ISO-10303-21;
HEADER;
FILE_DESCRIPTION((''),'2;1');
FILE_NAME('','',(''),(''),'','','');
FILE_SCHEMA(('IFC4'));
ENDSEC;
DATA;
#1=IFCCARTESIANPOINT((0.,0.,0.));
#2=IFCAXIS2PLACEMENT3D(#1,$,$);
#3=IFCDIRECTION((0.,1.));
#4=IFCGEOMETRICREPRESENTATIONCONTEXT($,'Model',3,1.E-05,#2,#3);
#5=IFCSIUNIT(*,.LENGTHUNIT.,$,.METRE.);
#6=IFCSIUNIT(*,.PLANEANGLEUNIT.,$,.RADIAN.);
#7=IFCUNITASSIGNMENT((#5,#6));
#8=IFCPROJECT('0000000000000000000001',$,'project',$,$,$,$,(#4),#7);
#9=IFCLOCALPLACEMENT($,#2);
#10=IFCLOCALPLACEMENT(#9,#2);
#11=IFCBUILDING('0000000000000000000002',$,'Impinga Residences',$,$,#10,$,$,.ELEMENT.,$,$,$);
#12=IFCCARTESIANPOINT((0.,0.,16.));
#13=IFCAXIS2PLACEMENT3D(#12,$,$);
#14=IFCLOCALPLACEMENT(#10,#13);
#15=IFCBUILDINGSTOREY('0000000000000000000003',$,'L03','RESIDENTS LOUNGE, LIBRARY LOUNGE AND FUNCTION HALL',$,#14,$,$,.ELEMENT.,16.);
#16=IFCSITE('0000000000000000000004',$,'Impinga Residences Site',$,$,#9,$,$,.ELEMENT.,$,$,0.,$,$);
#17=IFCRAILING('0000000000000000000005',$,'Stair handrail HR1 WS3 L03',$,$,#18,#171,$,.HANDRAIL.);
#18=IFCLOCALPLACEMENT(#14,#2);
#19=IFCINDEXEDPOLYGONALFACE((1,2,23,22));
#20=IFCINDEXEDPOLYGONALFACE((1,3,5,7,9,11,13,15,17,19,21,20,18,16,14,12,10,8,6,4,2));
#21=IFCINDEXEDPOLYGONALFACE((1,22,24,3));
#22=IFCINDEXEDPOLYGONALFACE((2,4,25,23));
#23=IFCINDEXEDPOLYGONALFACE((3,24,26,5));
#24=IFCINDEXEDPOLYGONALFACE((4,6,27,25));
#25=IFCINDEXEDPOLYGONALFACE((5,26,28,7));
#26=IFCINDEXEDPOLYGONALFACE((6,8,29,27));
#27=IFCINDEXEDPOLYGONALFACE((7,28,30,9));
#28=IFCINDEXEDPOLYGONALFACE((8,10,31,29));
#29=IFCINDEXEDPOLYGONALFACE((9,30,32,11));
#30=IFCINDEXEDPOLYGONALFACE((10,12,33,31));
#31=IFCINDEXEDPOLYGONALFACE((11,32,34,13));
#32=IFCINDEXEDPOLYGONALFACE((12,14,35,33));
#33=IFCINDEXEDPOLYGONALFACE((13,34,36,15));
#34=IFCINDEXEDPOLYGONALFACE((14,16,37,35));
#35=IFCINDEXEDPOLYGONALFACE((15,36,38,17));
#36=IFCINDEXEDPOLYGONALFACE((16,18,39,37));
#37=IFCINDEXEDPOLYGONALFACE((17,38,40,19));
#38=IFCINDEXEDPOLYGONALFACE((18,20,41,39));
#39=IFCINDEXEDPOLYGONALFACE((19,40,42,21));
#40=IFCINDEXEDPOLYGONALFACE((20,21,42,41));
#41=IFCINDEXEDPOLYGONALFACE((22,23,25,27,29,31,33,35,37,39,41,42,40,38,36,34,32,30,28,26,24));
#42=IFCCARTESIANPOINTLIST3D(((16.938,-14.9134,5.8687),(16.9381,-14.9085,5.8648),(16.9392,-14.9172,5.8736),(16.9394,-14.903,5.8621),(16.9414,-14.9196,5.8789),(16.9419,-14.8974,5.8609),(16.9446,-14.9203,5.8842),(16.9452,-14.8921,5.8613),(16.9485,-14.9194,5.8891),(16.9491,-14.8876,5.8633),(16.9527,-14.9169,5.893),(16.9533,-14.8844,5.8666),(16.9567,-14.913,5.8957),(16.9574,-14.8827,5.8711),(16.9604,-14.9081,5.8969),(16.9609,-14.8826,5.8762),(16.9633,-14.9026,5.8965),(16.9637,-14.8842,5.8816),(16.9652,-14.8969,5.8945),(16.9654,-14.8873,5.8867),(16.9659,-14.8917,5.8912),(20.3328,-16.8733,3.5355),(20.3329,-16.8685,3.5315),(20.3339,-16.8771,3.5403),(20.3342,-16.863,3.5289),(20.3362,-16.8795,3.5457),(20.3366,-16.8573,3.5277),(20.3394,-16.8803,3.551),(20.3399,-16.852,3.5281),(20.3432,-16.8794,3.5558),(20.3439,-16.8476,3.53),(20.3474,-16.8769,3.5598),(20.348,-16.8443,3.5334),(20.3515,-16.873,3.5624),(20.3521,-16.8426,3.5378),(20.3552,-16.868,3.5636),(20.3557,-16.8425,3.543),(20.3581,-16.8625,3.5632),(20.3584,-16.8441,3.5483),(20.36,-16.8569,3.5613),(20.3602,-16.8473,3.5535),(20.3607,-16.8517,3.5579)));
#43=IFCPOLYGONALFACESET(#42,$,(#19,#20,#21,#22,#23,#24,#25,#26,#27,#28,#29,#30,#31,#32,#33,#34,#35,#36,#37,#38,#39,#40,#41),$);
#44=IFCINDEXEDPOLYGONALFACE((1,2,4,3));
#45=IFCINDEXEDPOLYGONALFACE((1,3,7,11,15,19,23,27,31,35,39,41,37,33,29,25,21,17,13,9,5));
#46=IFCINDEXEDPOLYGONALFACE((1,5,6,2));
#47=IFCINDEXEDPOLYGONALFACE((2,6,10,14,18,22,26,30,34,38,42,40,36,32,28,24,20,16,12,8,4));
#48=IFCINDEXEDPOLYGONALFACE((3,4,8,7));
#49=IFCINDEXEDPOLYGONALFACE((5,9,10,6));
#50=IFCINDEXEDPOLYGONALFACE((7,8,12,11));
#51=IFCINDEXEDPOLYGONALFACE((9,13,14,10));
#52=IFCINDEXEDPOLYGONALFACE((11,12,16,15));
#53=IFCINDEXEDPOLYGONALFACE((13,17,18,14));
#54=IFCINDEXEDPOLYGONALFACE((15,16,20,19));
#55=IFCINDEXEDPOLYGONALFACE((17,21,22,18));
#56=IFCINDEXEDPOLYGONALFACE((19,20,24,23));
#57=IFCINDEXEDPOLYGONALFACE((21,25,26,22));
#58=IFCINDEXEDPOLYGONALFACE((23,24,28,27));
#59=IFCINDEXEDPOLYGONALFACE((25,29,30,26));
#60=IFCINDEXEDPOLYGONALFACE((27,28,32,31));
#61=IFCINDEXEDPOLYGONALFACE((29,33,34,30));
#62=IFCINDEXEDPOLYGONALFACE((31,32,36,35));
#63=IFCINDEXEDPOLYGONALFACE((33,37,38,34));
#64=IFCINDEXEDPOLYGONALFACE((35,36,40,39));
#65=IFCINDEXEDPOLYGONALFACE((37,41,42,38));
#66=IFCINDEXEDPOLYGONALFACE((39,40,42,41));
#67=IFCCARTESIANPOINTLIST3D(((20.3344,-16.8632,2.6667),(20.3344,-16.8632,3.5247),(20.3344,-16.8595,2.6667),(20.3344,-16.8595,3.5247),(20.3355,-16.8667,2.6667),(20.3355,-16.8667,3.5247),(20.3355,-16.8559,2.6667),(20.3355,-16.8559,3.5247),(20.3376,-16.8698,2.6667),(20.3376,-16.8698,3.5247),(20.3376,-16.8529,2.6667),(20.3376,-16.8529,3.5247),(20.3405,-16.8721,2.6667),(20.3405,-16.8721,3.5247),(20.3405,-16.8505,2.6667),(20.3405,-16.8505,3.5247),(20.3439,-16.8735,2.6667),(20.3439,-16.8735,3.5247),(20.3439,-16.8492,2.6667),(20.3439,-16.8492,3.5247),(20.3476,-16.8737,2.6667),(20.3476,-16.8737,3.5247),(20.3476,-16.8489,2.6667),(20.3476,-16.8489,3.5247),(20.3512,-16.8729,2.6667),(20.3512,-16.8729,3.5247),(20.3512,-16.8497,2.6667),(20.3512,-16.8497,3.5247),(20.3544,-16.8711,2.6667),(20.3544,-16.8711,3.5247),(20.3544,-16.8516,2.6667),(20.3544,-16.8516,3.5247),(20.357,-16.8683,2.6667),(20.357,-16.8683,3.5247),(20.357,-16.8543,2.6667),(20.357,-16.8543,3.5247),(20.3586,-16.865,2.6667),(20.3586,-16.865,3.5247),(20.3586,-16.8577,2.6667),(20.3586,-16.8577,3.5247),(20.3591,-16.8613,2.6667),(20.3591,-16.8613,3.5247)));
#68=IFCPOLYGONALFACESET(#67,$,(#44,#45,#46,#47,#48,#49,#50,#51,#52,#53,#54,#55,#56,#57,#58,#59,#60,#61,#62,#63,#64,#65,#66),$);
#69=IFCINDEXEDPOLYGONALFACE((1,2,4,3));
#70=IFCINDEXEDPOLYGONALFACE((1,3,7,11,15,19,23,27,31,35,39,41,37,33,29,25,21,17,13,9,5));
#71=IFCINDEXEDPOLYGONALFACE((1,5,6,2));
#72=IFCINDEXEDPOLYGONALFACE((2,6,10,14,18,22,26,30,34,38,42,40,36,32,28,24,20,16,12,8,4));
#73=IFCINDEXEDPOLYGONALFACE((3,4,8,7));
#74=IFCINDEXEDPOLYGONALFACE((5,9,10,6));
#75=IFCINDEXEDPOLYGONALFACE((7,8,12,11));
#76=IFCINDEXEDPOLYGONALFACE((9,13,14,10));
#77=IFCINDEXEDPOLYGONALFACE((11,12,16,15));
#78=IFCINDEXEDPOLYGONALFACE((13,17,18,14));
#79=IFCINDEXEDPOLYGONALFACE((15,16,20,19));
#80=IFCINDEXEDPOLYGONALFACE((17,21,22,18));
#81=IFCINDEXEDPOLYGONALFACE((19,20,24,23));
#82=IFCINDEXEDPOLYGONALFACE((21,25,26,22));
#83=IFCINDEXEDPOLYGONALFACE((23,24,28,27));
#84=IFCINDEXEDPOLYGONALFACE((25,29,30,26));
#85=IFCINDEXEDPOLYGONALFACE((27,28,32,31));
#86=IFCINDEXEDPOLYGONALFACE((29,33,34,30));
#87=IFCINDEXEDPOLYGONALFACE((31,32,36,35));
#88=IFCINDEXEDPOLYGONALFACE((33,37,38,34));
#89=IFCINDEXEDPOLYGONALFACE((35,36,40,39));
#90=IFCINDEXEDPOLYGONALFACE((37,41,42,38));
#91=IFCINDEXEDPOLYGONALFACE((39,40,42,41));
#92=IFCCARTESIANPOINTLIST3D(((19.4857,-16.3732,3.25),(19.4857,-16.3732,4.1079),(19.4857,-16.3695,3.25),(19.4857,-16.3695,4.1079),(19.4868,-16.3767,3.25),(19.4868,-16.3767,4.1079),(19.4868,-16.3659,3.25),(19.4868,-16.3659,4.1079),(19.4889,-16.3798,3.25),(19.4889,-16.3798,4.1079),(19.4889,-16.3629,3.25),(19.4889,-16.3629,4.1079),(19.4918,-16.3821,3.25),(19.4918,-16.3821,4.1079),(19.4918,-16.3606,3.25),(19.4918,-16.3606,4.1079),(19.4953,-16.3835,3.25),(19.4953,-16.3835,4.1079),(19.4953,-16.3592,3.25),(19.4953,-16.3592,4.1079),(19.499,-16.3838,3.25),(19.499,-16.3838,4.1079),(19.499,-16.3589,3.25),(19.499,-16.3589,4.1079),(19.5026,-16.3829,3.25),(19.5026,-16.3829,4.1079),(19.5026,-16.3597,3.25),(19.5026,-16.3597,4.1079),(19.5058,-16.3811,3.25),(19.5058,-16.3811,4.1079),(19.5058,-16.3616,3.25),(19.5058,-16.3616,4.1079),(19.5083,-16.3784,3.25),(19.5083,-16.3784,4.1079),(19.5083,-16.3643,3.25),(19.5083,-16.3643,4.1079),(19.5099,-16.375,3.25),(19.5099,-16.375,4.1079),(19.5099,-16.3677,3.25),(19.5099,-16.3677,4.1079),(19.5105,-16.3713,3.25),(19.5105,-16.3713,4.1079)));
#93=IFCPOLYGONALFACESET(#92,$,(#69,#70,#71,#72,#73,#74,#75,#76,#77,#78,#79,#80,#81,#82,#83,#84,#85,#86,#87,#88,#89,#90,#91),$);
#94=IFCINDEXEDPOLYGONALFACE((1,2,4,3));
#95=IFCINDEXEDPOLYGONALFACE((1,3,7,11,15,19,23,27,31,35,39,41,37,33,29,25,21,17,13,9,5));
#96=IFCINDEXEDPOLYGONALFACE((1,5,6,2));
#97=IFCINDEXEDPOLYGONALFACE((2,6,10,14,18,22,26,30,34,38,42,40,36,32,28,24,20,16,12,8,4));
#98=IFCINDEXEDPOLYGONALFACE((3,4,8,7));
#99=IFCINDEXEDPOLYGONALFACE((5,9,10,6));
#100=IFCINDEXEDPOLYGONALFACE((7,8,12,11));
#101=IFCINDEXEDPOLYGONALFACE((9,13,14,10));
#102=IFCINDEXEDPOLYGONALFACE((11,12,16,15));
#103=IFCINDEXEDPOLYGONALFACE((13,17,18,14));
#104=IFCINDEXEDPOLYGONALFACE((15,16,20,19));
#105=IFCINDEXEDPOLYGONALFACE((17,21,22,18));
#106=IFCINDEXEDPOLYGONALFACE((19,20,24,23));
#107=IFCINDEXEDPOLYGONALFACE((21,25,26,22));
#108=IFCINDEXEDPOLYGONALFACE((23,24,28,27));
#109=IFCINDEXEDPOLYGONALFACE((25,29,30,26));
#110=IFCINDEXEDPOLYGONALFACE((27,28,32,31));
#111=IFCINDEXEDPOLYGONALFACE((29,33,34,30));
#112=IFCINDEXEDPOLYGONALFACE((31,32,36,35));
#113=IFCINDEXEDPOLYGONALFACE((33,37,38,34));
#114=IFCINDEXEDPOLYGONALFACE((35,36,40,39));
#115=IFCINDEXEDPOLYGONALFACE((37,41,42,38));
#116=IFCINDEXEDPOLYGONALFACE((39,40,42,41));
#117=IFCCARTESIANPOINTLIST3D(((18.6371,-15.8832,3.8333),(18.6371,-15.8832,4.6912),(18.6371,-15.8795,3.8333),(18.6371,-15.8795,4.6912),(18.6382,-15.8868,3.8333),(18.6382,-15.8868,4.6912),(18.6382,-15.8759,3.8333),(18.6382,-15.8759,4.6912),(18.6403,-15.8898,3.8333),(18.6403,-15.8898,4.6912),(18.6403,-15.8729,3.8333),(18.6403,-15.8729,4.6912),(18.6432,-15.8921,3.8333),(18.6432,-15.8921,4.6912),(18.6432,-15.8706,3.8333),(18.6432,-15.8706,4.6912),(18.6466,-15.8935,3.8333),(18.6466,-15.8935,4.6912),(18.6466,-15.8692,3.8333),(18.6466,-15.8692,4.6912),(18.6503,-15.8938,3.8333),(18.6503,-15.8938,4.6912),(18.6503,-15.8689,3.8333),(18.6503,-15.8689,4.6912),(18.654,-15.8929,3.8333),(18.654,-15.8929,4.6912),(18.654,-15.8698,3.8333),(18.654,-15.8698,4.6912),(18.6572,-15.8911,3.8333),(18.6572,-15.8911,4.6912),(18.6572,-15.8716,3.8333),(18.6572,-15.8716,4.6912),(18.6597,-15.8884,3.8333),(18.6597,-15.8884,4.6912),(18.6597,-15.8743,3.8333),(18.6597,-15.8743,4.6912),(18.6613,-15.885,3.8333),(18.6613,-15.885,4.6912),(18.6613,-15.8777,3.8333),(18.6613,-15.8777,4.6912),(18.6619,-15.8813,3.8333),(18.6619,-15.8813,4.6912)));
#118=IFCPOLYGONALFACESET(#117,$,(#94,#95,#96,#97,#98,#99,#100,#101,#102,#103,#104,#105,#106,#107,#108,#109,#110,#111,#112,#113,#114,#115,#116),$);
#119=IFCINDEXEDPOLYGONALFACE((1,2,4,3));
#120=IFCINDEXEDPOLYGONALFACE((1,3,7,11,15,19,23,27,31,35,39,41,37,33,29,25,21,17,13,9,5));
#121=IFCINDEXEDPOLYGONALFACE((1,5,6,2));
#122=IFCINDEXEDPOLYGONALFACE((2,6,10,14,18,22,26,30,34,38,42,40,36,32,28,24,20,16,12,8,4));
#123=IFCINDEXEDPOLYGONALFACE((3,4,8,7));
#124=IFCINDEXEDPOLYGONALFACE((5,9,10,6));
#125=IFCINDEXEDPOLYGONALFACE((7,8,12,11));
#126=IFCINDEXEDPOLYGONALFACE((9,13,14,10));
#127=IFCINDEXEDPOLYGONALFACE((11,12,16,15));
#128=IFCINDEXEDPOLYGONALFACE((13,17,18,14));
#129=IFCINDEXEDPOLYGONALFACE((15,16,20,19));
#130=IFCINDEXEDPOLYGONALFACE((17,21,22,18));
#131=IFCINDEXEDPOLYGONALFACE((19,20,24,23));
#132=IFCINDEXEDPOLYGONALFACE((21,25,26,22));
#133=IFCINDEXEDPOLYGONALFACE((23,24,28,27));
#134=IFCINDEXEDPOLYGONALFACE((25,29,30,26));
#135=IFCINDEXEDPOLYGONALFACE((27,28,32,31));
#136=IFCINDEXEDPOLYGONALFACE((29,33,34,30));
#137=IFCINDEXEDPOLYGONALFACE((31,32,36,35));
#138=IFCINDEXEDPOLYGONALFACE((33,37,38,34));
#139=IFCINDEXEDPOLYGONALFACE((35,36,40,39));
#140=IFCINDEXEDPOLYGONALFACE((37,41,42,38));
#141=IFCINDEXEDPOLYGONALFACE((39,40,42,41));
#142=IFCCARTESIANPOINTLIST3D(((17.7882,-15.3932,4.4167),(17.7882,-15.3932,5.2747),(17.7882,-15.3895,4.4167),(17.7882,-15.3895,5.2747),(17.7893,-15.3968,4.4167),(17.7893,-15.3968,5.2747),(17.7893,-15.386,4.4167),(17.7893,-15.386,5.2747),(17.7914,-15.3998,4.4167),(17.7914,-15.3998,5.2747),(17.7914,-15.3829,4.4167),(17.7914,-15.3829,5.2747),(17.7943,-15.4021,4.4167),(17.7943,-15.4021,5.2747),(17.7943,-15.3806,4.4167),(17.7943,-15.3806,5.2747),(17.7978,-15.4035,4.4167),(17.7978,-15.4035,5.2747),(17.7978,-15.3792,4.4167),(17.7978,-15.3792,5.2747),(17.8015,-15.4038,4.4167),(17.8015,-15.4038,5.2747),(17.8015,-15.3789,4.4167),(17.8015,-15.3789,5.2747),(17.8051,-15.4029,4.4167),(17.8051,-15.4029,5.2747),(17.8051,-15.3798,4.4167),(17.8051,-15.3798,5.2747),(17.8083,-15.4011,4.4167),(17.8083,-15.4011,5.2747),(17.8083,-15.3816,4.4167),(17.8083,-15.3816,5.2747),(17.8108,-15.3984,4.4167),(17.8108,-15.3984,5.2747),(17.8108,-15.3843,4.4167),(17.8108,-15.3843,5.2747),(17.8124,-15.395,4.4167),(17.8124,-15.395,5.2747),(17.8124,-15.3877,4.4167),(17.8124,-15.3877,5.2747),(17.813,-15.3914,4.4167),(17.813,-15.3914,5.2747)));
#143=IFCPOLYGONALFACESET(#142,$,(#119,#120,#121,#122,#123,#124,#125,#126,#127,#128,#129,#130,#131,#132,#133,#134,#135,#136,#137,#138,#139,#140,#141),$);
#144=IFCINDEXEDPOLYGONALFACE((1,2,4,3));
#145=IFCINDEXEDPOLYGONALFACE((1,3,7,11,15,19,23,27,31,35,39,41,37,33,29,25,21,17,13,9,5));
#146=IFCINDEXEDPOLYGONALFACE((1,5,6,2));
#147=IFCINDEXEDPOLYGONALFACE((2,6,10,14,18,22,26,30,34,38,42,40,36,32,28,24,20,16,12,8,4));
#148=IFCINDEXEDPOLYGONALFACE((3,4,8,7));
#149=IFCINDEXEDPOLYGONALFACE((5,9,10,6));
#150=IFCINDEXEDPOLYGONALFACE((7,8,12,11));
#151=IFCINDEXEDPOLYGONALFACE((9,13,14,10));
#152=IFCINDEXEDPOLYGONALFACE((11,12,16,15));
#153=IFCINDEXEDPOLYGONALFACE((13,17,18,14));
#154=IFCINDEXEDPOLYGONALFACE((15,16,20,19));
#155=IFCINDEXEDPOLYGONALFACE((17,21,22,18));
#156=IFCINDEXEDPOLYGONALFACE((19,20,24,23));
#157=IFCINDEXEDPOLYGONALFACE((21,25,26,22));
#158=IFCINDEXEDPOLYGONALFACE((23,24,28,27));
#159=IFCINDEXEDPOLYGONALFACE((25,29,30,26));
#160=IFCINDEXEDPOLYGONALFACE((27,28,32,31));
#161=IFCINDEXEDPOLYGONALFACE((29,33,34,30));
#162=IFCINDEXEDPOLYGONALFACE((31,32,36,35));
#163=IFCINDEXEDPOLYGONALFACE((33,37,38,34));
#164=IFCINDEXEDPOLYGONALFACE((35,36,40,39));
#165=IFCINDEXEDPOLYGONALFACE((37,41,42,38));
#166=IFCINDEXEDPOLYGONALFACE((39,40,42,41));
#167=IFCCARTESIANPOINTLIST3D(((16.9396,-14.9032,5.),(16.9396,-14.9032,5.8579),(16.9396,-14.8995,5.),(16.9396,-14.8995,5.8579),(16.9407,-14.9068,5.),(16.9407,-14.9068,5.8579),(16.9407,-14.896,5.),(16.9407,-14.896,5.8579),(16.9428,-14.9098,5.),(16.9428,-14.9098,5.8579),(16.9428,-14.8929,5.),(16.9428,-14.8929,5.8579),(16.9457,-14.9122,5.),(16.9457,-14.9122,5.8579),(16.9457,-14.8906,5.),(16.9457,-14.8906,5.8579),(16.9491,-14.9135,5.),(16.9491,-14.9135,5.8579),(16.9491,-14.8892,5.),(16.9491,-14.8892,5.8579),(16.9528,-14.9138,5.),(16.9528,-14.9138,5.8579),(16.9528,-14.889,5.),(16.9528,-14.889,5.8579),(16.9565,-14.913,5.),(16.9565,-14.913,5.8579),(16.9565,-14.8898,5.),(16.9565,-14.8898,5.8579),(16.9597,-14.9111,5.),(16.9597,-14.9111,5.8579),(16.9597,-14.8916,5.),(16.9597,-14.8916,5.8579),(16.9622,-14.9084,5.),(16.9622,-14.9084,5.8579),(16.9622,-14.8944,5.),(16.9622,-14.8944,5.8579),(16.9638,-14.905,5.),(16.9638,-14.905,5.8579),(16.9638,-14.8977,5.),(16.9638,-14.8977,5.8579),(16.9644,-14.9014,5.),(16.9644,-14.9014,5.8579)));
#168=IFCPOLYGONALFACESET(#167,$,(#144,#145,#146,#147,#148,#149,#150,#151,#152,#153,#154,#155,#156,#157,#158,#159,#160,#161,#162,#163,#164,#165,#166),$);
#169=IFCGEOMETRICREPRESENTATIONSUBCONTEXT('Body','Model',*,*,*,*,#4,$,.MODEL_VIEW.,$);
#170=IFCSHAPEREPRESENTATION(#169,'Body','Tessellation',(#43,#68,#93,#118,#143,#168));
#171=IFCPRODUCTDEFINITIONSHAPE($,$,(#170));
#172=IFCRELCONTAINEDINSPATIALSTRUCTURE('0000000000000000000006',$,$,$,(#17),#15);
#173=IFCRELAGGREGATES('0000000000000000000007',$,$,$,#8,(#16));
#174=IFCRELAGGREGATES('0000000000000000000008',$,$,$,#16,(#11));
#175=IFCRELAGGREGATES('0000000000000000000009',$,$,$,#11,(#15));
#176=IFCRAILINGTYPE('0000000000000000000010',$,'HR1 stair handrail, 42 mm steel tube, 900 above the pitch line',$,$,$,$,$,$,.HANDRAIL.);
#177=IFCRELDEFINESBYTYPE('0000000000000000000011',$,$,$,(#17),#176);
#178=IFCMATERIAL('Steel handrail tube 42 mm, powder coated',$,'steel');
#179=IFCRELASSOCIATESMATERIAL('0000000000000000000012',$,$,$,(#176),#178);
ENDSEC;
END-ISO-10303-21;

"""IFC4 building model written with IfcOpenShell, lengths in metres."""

from ifc_helpers import new_model, si_unit, direction, frame, origin, origin_2d, place, context, subcontext, project, spatial, circle, extrude, material, type_object, element, save


model = new_model("IFC4")

# Units and contexts
model_context = context("Model", 3, precision=1e-05, world=origin(), true_north=direction((0.0, 1.0)))
body_context = subcontext(model_context, "Body", "Model", "MODEL_VIEW")
ifc_project = project(units=[si_unit("LENGTHUNIT", "METRE"), si_unit("PLANEANGLEUNIT", "RADIAN")], contexts=[model_context])

# Site, building, storey
site_placement = place(None, origin())
site = spatial("IfcSite", under=ifc_project, at=site_placement, Name="Impinga Residences Site", CompositionType="ELEMENT", RefElevation=0.0)
building_placement = place(site_placement, origin())
building = spatial("IfcBuilding", under=site, at=building_placement, Name="Impinga Residences", CompositionType="ELEMENT")
storey_placement = place(building_placement, frame((0.0, 0.0, 16.0)))
storey = spatial("IfcBuildingStorey", under=building, at=storey_placement, Name="L03", Description="RESIDENTS LOUNGE, LIBRARY LOUNGE AND FUNCTION HALL", CompositionType="ELEMENT", Elevation=16.0)

# Railing
ifc_material_1 = material(Name="Steel handrail tube 42 mm, powder coated", Category="steel")
railing_type_1 = type_object("IfcRailingType", Name="HR1 stair handrail, 42 mm steel tube, 900 above the pitch line", PredefinedType="HANDRAIL", material=ifc_material_1)
railing_1_placement = place(storey_placement, frame((20.3467, -16.8613, 2.6667)))
element("IfcRailing", 1, at=railing_1_placement, inside=storey, type_object=railing_type_1, Name="Stair handrail HR1 WS3 L03", PredefinedType="HANDRAIL", context=body_context, shape_type="SweptSolid", body=[
    extrude(circle(Radius=0.021, at=origin_2d()), frame((0.0, 0.0, 0.8789), z_axis=(-0.744175, 0.429646, 0.511476), x_axis=(-0.499997, -0.866027, 0.0)), (0.0, 0.0, 1.0), 4.5618),
    extrude(circle(Radius=0.0125, at=origin_2d()), origin(), (0.0, 0.0, 1.0), 0.8579),
    extrude(circle(Radius=0.0125, at=origin_2d()), frame((-0.8486, 0.49, 0.5833)), (0.0, 0.0, 1.0), 0.8579),
    extrude(circle(Radius=0.0125, at=origin_2d()), frame((-1.6973, 0.98, 1.1665)), (0.0, 0.0, 1.0), 0.8579),
    extrude(circle(Radius=0.0125, at=origin_2d()), frame((-2.5461, 1.47, 1.75)), (0.0, 0.0, 1.0), 0.8579),
    extrude(circle(Radius=0.0125, at=origin_2d()), frame((-3.3948, 1.96, 2.3333)), (0.0, 0.0, 1.0), 0.8579),
])

save(model, "model.ifc")
